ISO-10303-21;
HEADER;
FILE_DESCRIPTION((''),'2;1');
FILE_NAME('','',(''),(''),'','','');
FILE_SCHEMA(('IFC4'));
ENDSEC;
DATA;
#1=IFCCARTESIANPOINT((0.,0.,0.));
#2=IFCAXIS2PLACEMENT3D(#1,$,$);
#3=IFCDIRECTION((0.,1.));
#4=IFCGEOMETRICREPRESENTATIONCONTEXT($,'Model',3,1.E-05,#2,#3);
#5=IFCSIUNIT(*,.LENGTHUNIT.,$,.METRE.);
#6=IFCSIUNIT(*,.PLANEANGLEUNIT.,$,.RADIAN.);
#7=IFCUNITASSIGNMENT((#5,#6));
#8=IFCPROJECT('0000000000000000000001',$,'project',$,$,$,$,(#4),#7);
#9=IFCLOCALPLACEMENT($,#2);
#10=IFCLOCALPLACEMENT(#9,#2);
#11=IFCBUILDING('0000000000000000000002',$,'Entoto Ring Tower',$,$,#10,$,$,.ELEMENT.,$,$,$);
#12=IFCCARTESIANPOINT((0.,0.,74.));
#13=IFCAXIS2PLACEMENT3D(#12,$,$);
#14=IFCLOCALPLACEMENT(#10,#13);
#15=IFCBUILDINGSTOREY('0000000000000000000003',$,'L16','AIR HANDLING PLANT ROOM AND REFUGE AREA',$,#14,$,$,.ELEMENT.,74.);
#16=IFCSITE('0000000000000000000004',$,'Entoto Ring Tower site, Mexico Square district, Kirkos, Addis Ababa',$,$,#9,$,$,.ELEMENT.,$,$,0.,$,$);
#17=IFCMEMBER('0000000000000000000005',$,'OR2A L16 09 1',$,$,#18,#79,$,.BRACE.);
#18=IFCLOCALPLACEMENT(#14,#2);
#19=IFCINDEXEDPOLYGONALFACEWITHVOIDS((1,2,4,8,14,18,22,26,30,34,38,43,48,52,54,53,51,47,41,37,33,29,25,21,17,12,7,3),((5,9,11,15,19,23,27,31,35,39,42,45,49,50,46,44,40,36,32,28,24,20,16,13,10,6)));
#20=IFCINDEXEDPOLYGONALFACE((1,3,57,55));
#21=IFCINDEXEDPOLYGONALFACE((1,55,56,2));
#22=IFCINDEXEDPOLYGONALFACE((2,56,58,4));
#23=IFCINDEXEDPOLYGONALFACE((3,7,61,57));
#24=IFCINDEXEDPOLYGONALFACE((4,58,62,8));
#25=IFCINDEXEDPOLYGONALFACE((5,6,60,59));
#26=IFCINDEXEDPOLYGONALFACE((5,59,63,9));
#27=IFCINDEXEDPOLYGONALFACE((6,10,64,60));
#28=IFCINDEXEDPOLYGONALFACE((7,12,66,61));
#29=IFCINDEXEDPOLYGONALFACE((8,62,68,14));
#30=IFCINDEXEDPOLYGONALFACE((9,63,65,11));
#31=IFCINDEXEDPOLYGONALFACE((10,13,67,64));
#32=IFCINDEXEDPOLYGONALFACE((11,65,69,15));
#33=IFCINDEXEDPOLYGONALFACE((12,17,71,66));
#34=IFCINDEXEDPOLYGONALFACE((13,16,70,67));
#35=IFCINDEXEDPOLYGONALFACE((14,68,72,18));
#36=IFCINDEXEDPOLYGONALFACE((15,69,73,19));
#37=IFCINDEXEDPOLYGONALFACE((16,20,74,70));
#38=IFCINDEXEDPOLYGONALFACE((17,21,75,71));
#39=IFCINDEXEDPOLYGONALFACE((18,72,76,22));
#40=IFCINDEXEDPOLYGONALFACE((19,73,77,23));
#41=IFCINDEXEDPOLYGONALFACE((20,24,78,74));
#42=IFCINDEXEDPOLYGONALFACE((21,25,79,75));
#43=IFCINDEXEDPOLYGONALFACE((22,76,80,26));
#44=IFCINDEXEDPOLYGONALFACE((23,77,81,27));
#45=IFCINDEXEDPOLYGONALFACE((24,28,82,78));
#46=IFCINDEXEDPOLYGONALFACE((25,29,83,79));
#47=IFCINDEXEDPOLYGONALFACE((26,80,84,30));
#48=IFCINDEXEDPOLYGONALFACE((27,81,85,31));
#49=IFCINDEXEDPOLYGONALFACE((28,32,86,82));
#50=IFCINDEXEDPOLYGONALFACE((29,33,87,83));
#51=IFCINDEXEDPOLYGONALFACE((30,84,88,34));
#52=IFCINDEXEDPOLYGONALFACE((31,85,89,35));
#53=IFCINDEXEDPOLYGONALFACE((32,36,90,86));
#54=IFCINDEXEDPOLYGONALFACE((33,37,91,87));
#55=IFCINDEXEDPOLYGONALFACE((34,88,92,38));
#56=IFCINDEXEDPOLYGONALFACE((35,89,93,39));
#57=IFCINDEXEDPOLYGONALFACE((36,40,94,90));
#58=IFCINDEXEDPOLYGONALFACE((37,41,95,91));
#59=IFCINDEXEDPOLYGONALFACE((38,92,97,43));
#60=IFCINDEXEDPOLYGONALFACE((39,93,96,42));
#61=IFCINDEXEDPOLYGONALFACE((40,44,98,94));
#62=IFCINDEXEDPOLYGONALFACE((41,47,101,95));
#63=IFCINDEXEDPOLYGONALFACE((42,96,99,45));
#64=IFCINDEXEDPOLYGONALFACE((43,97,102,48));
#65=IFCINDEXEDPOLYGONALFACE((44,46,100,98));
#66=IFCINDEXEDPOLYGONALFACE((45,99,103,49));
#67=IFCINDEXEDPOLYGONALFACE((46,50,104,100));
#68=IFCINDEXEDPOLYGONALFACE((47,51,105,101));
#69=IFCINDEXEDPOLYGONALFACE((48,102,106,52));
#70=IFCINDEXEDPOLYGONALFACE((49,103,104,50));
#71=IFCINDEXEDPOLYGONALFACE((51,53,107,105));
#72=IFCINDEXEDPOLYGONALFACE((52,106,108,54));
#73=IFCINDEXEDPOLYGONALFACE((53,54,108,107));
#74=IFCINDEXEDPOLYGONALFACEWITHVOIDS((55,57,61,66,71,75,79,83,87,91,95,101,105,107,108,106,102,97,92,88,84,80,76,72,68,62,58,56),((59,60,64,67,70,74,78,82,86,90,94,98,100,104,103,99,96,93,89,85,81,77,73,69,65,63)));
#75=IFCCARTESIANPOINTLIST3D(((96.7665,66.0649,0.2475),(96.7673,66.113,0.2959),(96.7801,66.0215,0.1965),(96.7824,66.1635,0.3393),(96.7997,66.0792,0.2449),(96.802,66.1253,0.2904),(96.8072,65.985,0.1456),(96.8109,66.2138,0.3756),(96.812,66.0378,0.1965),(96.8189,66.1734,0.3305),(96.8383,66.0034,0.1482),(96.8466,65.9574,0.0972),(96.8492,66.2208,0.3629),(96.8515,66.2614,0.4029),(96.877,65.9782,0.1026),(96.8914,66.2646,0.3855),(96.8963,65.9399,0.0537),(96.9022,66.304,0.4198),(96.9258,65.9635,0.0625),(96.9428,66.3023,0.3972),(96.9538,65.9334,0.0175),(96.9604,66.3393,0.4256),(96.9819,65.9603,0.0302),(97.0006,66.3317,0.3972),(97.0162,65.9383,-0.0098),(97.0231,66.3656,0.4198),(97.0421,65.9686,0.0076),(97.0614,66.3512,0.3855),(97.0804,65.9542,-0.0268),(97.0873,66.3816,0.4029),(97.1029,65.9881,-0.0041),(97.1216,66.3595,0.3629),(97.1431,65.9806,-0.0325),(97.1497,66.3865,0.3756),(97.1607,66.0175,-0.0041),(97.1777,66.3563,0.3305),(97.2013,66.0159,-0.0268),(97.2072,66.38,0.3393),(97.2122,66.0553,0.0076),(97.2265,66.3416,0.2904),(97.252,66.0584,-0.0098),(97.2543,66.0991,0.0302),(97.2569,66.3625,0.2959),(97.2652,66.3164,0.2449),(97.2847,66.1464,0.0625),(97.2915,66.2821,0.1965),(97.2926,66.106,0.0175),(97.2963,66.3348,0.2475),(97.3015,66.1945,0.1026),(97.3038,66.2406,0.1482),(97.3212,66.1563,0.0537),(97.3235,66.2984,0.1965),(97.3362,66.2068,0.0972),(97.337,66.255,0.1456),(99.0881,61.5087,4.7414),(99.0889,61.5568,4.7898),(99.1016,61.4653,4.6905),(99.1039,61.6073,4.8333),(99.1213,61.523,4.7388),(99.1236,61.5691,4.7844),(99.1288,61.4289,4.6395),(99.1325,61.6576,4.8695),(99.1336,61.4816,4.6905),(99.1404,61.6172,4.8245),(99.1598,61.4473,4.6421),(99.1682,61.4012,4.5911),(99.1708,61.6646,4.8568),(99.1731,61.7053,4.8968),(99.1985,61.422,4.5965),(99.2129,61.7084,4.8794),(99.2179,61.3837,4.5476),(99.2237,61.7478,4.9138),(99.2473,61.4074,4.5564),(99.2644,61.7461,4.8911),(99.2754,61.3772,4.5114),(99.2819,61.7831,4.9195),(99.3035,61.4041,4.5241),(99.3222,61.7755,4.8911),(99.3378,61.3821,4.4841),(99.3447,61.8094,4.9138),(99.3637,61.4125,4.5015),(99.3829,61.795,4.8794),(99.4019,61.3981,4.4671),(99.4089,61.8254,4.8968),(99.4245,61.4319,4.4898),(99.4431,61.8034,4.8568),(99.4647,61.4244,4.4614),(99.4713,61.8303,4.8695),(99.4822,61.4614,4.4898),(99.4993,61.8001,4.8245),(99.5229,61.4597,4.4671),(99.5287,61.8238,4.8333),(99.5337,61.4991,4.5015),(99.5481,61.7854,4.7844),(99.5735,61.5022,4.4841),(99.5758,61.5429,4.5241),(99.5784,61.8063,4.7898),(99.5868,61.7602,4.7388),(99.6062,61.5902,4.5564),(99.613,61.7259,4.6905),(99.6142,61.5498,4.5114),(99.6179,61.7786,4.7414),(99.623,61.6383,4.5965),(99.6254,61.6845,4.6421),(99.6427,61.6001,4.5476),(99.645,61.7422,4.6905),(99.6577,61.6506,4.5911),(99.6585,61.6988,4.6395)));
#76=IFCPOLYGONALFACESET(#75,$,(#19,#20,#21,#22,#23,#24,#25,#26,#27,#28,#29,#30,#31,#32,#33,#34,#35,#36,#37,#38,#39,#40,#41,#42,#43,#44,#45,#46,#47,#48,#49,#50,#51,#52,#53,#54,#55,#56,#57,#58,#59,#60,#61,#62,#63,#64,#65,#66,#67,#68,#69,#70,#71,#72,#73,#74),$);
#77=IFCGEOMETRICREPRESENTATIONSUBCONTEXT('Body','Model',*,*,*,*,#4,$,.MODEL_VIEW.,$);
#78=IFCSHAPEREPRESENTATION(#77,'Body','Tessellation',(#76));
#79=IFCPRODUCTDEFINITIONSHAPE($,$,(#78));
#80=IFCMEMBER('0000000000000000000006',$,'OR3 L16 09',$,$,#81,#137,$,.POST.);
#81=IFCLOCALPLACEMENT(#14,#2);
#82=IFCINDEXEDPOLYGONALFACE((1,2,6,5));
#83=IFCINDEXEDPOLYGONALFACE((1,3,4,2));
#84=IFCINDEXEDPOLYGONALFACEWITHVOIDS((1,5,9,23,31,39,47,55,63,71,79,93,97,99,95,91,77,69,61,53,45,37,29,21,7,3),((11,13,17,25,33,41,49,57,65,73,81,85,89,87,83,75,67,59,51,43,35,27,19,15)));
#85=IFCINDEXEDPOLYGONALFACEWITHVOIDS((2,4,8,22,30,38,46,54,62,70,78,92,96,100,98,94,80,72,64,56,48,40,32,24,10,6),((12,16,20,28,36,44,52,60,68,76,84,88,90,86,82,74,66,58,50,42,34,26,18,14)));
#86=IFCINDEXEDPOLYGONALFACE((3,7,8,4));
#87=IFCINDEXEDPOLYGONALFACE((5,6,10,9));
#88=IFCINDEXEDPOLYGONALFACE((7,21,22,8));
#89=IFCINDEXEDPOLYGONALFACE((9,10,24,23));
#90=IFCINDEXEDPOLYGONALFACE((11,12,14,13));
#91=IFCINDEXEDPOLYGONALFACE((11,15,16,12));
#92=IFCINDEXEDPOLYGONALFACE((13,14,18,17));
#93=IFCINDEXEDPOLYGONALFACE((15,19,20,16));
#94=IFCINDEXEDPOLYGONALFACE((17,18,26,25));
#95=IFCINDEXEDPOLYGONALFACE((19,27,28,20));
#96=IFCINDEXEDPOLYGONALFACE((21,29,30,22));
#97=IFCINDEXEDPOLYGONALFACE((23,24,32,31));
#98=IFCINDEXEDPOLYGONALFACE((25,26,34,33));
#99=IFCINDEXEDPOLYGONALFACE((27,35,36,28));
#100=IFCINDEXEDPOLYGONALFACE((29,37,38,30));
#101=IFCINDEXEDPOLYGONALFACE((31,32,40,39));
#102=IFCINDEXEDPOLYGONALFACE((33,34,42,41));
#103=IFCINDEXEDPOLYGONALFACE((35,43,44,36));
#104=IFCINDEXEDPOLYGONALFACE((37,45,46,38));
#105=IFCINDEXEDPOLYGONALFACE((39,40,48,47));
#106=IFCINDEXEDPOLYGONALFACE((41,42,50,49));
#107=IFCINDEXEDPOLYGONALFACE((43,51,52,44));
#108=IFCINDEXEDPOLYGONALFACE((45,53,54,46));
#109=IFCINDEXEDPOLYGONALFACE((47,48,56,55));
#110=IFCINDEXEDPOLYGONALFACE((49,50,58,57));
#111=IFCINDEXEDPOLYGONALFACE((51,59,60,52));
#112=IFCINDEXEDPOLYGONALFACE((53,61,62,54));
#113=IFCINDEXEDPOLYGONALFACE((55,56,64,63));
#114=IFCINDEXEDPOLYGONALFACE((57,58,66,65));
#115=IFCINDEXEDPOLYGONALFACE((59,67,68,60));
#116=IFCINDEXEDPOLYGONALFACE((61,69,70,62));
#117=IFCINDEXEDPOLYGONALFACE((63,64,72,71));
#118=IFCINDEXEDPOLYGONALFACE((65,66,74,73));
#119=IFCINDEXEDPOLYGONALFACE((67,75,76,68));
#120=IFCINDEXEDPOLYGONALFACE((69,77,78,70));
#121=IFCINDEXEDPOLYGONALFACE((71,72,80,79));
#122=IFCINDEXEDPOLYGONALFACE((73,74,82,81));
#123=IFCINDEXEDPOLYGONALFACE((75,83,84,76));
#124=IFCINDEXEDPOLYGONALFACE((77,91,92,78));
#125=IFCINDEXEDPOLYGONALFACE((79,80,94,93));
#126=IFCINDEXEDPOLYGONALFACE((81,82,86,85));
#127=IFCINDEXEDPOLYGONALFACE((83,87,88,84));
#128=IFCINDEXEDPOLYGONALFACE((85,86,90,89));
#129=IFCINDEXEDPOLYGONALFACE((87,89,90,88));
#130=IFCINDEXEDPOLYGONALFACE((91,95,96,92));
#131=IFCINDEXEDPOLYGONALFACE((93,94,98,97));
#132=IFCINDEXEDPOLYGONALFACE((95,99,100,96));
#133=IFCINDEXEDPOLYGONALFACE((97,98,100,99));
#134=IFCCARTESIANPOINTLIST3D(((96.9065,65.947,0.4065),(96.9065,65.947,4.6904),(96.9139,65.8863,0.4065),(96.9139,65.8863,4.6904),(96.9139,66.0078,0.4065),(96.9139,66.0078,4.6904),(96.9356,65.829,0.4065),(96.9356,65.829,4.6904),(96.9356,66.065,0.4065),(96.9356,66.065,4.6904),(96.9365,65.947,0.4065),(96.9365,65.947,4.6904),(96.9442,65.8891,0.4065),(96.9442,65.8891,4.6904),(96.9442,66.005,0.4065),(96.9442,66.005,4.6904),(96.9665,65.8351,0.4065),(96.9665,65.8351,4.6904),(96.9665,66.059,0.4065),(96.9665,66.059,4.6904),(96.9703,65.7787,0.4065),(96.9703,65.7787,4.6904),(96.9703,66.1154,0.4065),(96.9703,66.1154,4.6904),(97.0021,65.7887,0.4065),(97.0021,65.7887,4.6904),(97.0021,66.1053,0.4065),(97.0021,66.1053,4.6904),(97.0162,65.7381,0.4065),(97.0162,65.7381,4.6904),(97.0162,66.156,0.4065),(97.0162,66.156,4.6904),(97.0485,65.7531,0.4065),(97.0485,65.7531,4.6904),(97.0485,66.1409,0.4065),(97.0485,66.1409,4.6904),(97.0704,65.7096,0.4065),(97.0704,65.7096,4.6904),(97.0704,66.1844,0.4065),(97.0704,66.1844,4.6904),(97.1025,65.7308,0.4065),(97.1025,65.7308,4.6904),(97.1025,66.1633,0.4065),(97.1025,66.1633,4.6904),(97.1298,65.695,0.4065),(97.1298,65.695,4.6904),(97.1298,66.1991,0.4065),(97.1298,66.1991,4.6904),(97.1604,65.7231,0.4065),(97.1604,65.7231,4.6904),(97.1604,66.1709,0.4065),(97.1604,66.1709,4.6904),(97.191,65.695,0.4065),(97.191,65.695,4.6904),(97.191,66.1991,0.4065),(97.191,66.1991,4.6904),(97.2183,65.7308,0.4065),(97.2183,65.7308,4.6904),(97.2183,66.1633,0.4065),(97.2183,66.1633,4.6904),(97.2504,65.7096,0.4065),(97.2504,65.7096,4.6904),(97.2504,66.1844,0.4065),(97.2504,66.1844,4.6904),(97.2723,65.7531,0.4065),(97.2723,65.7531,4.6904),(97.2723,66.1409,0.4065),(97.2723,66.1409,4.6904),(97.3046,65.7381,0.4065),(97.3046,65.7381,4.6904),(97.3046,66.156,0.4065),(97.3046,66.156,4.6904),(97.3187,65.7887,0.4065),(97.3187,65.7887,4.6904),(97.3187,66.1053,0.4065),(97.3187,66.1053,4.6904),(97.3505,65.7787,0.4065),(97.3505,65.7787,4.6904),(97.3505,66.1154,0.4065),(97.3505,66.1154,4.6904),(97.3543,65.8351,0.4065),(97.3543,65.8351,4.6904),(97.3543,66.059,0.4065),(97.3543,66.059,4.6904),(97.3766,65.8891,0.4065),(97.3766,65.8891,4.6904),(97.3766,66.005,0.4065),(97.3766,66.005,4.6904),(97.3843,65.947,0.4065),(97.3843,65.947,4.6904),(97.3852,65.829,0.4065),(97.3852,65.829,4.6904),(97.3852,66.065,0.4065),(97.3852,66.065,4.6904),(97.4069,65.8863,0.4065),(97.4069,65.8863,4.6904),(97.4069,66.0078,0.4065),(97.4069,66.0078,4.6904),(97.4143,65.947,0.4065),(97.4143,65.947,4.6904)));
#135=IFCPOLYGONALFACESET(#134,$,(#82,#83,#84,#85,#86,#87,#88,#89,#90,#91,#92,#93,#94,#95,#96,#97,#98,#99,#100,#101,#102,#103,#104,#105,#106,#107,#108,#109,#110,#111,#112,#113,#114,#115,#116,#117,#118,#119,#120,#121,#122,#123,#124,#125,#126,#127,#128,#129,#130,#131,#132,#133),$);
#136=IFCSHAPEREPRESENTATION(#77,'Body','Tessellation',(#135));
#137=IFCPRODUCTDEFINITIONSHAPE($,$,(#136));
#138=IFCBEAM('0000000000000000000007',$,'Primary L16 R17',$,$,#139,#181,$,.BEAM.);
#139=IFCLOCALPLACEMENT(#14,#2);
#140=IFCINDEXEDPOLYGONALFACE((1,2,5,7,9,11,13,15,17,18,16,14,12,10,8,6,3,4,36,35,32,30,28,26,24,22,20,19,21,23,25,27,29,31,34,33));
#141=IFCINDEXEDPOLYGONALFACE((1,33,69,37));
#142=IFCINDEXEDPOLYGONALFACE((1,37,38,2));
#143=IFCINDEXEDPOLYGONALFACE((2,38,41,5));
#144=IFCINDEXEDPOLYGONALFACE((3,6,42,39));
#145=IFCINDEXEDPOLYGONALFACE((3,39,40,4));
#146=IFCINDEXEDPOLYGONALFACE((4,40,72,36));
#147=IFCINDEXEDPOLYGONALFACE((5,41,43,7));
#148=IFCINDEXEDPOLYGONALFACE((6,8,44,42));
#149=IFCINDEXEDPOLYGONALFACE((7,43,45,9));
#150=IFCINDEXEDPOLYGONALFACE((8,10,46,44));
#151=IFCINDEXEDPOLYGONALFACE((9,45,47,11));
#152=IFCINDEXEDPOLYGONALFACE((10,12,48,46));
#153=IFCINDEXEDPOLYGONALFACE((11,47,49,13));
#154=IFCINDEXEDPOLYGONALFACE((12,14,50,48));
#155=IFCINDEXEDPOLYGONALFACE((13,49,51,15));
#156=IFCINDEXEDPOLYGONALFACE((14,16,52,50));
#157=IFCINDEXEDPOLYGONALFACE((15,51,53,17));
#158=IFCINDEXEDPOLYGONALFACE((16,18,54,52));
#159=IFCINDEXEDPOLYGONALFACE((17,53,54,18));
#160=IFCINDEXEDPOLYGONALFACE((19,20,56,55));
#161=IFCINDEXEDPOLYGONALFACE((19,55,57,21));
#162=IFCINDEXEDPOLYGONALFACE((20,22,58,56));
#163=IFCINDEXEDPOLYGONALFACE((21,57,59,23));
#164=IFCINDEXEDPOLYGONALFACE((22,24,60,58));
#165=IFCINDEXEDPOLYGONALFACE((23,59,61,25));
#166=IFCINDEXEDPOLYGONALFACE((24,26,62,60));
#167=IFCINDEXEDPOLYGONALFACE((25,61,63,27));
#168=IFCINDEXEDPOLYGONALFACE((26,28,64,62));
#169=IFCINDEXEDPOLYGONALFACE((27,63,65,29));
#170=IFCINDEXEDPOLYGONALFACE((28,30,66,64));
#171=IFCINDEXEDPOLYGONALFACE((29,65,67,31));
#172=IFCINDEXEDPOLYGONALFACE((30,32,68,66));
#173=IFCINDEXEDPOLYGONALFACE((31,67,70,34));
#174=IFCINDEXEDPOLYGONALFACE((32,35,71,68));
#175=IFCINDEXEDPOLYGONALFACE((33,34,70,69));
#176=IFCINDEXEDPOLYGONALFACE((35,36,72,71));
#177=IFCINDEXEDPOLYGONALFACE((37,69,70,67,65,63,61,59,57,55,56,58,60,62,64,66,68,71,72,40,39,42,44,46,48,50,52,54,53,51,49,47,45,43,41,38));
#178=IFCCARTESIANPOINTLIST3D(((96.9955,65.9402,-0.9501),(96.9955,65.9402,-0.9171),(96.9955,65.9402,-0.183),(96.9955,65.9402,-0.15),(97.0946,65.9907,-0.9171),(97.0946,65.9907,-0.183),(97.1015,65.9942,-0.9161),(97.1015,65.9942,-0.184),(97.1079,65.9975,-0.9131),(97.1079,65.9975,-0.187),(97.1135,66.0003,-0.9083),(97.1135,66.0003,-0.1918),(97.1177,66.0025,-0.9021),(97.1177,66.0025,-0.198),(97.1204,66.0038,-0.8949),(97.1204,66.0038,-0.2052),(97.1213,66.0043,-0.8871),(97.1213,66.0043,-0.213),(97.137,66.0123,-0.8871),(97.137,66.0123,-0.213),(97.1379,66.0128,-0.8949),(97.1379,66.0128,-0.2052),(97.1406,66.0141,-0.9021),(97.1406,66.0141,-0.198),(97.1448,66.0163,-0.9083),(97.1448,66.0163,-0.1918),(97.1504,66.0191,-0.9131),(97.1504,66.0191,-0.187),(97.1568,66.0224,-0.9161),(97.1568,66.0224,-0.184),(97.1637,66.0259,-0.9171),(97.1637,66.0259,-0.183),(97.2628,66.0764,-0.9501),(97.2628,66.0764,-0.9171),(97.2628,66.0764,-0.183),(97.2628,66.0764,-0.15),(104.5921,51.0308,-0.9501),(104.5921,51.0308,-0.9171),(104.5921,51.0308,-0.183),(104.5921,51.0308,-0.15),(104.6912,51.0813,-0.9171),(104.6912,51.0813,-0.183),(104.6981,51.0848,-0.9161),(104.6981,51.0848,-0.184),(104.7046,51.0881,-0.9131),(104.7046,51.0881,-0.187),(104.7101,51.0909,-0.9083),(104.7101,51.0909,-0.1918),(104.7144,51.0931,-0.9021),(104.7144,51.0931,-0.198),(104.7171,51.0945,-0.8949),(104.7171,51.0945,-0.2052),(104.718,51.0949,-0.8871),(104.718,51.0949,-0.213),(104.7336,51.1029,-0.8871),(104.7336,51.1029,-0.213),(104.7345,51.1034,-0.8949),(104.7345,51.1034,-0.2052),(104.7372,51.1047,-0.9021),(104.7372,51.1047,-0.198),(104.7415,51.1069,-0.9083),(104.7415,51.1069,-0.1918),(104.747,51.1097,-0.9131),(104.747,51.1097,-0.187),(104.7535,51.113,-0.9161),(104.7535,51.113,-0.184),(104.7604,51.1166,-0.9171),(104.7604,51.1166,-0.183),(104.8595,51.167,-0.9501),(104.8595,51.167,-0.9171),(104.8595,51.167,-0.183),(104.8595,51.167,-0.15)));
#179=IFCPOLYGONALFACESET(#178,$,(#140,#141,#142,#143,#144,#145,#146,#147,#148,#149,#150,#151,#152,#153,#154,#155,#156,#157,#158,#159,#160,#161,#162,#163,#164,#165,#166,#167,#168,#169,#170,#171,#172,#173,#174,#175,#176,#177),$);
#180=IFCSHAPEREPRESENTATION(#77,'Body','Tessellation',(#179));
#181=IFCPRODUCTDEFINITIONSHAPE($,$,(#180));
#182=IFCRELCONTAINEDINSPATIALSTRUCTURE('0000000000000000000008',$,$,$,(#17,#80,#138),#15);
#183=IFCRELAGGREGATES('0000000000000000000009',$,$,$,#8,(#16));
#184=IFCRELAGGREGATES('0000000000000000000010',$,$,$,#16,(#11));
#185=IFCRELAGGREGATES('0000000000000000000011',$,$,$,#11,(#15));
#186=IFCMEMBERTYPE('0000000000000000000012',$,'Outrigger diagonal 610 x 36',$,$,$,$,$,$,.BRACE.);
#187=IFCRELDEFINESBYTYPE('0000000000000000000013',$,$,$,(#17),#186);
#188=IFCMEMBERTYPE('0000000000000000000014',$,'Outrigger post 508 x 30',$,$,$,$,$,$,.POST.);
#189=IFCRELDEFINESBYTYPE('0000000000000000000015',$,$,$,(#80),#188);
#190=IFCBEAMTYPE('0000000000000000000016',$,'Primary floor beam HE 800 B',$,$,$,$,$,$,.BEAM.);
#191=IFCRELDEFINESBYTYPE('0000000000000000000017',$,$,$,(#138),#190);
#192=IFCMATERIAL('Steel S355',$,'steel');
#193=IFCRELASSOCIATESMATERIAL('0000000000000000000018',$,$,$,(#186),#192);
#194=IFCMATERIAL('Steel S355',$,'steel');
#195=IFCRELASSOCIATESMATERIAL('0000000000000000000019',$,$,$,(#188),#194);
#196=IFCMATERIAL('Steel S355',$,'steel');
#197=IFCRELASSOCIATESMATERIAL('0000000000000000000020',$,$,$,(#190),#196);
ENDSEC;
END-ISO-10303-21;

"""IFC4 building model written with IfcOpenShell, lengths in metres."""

from ifc_helpers import new_model, si_unit, direction, frame, origin, origin_2d, place, context, subcontext, project, spatial, circle, hollow_circle, i_section, extrude, material, material_profile, profile_set, type_object, element, save


model = new_model("IFC4")

# Units and contexts
model_context = context("Model", 3, precision=1e-05, world=origin(), true_north=direction((0.0, 1.0)))
body_context = subcontext(model_context, "Body", "Model", "MODEL_VIEW")
ifc_project = project(units=[si_unit("LENGTHUNIT", "METRE"), si_unit("PLANEANGLEUNIT", "RADIAN")], contexts=[model_context])

# Site, building, storey
site_placement = place(None, origin())
site = spatial("IfcSite", under=ifc_project, at=site_placement, Name="Entoto Ring Tower site, Mexico Square district, Kirkos, Addis Ababa", CompositionType="ELEMENT", RefElevation=0.0)
building_placement = place(site_placement, origin())
building = spatial("IfcBuilding", under=site, at=building_placement, Name="Entoto Ring Tower", CompositionType="ELEMENT")
storey_placement = place(building_placement, frame((0.0, 0.0, 74.0)))
storey = spatial("IfcBuildingStorey", under=building, at=storey_placement, Name="L16", Description="AIR HANDLING PLANT ROOM AND REFUGE AREA", CompositionType="ELEMENT", Elevation=74.0)

# Members
ifc_material_1 = material(Name="Steel S355", Category="steel")
ifc_material_profile_1 = material_profile(ifc_material_1, hollow_circle(Radius=0.3049, WallThickness=0.0359, at=origin_2d()), Name="CHS 610 x 36")
ifc_material_2 = material(Name="Concrete C60/75", Category="concrete")
ifc_material_profile_2 = material_profile(ifc_material_2, circle(Radius=0.269, at=origin_2d()), Name="Concrete C60/75 infill")
ifc_profile_set_1 = profile_set([ifc_material_profile_1, ifc_material_profile_2], Name="Steel S355")
member_type_1 = type_object("IfcMemberType", Name="Outrigger diagonal 610 x 36", PredefinedType="BRACE", material=ifc_profile_set_1)
member_1_placement = place(storey_placement, frame((97.0518, 66.1599, 0.1965), z_axis=(0.341022, -0.669276, 0.660131), x_axis=(0.891002, 0.453999, 0.0)))
element("IfcMember", 1, at=member_1_placement, inside=storey, type_object=member_type_1, Name="OR2A L16 09 1", PredefinedType="BRACE", context=body_context, shape_type="SweptSolid", body=[
    extrude(hollow_circle(Radius=0.3049, WallThickness=0.0359, at=origin_2d()), origin(), (0.0, 0.0, 1.0), 6.8076),
])
ifc_material_3 = material(Name="Steel S355", Category="steel")
ifc_material_profile_3 = material_profile(ifc_material_3, hollow_circle(Radius=0.2539, WallThickness=0.03, at=origin_2d()), Name="CHS 508 x 30")
ifc_material_4 = material(Name="Concrete C60/75", Category="concrete")
ifc_material_profile_4 = material_profile(ifc_material_4, circle(Radius=0.2241, at=origin_2d()), Name="Concrete C60/75 infill")
ifc_profile_set_2 = profile_set([ifc_material_profile_3, ifc_material_profile_4], Name="Steel S355")
member_type_2 = type_object("IfcMemberType", Name="Outrigger post 508 x 30", PredefinedType="POST", material=ifc_profile_set_2)
member_2_placement = place(storey_placement, frame((97.1604, 65.947, 0.4065), z_axis=(0.0, 0.0, 1.0), x_axis=(1.0, 0.0, 0.0)))
element("IfcMember", 2, at=member_2_placement, inside=storey, type_object=member_type_2, Name="OR3 L16 09", PredefinedType="POST", context=body_context, shape_type="SweptSolid", body=[
    extrude(hollow_circle(Radius=0.2539, WallThickness=0.03, at=origin_2d()), origin(), (0.0, 0.0, 1.0), 4.2839),
])

# Beam
ifc_material_5 = material(Name="Steel S355", Category="steel")
ifc_material_profile_5 = material_profile(ifc_material_5, i_section(OverallWidth=0.3, OverallDepth=0.8, WebThickness=0.0176, FlangeThickness=0.033, FilletRadius=0.03, at=origin_2d()), Name="HE 800 B")
ifc_profile_set_3 = profile_set([ifc_material_profile_5], Name="Steel S355")
beam_type_1 = type_object("IfcBeamType", Name="Primary floor beam HE 800 B", PredefinedType="BEAM", material=ifc_profile_set_3)
beam_1_placement = place(storey_placement, frame((97.1292, 66.0083, -0.55), z_axis=(0.453988, -0.891008, 0.0), x_axis=(0.891008, 0.453988, 0.0)))
element("IfcBeam", 3, at=beam_1_placement, inside=storey, type_object=beam_type_1, Name="Primary L16 R17", PredefinedType="BEAM", context=body_context, shape_type="SweptSolid", body=[
    extrude(i_section(OverallWidth=0.3, OverallDepth=0.8, WebThickness=0.0176, FlangeThickness=0.033, FilletRadius=0.03, at=origin_2d()), origin(), (0.0, 0.0, 1.0), 16.7332),
])

save(model, "model.ifc")
